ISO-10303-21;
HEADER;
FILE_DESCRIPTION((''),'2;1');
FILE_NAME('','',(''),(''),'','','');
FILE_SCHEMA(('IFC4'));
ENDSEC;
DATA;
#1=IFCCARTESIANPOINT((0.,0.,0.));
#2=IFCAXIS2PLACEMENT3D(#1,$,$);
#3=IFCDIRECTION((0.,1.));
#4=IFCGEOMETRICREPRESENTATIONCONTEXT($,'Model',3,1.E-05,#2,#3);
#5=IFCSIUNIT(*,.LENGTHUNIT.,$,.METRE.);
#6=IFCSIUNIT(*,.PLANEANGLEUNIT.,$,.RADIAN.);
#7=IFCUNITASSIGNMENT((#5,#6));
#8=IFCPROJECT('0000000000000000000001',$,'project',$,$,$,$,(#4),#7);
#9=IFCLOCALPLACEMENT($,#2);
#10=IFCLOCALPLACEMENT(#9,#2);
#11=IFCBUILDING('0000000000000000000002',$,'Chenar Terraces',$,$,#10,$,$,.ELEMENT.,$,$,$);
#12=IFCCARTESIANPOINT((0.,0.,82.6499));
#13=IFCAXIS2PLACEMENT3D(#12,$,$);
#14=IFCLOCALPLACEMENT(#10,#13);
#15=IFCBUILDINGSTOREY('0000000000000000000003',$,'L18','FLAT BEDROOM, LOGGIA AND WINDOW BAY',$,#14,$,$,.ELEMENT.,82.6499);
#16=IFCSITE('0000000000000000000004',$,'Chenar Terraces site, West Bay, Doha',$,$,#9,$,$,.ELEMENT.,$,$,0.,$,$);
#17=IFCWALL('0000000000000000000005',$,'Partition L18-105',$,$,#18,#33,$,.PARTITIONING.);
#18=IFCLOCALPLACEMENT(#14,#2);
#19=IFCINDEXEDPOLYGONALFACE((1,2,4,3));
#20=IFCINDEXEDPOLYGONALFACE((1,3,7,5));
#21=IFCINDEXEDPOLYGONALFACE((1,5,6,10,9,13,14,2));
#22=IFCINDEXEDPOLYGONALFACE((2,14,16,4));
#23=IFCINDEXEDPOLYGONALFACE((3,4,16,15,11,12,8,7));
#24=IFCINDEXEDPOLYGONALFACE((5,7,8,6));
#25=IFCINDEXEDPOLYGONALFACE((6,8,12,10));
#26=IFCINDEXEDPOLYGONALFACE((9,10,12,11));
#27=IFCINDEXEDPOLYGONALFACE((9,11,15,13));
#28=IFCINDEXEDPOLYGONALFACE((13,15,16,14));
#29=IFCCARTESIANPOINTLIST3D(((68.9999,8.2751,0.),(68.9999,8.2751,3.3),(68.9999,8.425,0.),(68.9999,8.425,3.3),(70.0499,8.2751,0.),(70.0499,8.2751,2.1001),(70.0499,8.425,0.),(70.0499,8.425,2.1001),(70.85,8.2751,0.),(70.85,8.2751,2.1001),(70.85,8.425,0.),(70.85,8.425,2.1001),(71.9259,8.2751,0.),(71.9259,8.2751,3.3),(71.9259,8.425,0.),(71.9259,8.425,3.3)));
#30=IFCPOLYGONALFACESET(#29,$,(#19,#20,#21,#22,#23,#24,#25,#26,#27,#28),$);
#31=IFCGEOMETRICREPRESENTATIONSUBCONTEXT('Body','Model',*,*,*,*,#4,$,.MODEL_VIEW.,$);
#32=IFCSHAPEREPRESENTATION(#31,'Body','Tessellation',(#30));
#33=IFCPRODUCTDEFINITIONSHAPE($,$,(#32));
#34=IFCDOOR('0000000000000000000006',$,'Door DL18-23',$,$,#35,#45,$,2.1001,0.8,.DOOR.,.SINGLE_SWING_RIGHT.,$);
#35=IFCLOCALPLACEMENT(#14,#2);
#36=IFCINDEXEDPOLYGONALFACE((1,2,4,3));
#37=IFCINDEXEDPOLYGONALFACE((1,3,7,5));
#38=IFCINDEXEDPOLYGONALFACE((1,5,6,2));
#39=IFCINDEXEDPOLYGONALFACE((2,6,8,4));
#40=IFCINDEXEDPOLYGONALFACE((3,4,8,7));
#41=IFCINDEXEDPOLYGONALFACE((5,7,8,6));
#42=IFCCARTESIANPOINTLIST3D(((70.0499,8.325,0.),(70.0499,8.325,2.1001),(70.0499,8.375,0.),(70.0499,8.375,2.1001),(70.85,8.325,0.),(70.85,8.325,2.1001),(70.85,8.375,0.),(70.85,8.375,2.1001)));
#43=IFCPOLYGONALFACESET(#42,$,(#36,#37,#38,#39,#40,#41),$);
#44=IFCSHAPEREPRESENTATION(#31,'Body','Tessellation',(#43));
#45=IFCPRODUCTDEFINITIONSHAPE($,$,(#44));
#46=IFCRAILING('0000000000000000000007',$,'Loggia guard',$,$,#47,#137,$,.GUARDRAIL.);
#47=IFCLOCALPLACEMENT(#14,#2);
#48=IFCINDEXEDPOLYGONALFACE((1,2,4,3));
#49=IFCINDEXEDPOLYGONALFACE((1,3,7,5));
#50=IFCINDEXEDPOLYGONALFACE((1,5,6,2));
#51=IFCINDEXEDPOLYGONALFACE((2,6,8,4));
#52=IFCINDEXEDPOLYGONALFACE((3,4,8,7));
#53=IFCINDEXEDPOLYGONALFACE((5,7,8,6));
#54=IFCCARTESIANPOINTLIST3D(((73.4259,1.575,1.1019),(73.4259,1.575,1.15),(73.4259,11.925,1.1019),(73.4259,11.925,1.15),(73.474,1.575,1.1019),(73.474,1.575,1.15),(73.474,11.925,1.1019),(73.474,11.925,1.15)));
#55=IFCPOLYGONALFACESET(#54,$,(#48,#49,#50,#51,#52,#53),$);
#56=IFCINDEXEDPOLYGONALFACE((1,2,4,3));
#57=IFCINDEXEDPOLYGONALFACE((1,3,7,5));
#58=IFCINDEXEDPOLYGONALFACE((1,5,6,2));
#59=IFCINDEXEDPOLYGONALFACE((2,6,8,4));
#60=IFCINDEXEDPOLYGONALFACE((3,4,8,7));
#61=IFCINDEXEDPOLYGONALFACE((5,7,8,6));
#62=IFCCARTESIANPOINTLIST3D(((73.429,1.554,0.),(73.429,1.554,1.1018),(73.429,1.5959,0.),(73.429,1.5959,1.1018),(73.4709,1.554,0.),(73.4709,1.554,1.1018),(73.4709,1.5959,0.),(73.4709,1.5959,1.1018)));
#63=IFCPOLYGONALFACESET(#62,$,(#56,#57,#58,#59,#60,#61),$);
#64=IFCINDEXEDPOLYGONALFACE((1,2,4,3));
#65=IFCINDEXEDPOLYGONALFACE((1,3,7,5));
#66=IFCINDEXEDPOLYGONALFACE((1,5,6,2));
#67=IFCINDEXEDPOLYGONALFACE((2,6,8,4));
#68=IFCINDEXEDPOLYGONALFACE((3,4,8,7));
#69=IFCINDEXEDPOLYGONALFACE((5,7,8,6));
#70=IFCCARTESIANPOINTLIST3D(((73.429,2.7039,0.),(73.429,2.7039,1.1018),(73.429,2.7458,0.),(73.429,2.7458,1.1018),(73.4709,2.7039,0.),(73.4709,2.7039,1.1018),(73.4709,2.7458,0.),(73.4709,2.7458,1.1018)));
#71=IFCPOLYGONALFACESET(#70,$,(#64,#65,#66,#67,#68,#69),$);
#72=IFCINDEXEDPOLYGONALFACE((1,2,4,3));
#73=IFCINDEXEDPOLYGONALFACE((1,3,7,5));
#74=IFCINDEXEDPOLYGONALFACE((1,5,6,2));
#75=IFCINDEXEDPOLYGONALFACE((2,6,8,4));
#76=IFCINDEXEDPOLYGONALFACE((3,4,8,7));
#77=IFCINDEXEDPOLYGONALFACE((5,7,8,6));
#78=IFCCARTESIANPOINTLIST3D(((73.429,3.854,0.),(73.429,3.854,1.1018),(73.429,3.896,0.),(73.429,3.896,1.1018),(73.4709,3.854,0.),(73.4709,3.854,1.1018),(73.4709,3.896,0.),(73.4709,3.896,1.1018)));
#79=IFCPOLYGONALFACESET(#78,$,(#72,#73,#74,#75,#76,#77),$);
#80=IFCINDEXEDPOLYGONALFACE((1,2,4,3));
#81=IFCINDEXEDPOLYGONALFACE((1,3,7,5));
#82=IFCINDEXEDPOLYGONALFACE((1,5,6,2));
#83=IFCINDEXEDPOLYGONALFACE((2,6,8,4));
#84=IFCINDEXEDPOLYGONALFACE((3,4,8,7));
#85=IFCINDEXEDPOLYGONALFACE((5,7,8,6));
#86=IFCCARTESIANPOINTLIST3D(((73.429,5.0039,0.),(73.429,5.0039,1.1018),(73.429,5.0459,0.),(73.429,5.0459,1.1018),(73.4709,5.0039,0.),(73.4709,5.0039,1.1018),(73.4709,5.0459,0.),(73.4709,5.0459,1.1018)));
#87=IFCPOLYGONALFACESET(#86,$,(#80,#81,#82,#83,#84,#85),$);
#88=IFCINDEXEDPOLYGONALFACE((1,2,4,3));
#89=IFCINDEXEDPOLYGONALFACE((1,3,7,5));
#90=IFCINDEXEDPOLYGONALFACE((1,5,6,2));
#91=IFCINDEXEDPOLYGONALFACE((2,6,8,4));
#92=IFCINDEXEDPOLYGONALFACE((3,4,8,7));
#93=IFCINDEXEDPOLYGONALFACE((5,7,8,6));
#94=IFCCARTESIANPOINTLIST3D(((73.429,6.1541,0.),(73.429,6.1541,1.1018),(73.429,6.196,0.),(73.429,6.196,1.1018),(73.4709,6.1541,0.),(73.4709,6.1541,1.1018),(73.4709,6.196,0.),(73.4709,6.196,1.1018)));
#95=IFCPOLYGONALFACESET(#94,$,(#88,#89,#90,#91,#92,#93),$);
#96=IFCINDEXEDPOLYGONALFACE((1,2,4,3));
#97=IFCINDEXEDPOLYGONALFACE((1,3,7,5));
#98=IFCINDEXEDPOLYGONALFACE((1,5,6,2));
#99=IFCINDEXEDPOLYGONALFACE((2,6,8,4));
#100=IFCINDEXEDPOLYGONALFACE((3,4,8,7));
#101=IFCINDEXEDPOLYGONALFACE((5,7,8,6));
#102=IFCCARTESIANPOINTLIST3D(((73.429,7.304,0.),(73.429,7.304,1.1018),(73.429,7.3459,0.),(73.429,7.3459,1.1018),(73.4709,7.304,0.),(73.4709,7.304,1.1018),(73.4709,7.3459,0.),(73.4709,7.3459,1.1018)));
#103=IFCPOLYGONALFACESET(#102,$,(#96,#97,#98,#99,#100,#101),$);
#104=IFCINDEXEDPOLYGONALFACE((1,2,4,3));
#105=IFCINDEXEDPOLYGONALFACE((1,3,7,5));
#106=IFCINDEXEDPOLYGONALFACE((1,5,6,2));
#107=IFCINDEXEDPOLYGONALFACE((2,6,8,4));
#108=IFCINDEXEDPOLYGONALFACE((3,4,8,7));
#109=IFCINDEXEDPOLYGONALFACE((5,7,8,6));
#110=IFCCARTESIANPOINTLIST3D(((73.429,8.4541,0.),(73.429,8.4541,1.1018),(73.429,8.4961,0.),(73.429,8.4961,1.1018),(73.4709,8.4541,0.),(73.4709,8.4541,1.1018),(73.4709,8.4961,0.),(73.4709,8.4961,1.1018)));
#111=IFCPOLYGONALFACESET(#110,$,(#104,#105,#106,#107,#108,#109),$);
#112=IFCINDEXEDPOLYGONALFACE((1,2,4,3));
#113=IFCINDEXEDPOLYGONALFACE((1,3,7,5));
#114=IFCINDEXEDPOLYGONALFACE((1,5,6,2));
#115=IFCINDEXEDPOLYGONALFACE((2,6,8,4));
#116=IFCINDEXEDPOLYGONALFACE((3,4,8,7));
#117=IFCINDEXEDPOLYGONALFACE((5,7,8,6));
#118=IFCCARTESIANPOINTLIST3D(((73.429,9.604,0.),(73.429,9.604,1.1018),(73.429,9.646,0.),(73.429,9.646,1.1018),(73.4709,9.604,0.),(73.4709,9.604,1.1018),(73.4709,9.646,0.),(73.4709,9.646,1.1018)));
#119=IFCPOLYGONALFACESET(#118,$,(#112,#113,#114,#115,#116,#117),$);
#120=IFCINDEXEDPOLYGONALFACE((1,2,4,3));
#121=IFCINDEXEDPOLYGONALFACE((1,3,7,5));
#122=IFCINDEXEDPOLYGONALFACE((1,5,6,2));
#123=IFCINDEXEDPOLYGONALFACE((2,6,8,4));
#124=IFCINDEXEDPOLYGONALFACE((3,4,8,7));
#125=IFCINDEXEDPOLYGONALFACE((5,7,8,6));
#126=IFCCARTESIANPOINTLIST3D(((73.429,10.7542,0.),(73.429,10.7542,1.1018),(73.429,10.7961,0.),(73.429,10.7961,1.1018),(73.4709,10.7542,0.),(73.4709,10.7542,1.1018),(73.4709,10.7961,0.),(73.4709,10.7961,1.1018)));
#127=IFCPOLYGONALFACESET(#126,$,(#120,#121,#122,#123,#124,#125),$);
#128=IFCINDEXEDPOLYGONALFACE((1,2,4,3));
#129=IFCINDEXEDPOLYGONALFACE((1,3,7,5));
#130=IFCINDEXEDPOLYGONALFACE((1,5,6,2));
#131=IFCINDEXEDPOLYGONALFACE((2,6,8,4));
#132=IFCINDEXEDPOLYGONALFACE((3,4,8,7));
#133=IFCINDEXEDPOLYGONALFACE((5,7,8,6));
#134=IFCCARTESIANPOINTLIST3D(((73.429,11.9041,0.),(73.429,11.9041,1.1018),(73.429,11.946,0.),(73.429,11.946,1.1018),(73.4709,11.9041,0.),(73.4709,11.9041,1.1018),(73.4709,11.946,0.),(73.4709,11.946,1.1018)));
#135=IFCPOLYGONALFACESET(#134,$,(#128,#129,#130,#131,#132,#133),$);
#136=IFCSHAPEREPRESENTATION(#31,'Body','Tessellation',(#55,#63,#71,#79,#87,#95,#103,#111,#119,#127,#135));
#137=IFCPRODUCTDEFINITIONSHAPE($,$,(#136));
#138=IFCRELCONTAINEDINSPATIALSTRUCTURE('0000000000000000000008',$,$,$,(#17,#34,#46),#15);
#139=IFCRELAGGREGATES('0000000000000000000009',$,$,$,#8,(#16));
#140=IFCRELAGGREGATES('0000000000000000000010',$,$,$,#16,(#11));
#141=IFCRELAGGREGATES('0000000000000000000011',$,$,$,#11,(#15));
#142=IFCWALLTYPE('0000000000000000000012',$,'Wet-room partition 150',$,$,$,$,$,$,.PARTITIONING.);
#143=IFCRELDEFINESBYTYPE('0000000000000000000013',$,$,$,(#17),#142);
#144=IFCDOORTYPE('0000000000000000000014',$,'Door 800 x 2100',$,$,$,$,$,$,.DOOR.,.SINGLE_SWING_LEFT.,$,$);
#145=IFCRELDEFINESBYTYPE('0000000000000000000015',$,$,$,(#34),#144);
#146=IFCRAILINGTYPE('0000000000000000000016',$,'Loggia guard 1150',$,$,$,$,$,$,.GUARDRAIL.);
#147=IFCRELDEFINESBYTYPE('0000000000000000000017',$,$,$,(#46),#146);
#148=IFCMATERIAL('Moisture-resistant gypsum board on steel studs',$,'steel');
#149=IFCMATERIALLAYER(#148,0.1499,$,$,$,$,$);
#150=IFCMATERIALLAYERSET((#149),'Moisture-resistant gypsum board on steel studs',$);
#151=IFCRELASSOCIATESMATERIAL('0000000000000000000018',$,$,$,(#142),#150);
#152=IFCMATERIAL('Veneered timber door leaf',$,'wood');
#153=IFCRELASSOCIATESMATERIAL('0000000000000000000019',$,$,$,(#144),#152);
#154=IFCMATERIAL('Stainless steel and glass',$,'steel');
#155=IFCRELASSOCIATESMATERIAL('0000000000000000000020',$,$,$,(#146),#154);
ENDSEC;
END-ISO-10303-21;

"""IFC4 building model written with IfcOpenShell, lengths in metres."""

from ifc_helpers import new_model, si_unit, direction, frame, frame_2d, origin, origin_2d, place, context, subcontext, project, spatial, rectangle, extrude, material, layer, layer_set, type_object, element, fill, save


model = new_model("IFC4")

# Units and contexts
model_context = context("Model", 3, precision=1e-05, world=origin(), true_north=direction((0.0, 1.0)))
body_context = subcontext(model_context, "Body", "Model", "MODEL_VIEW")
ifc_project = project(units=[si_unit("LENGTHUNIT", "METRE"), si_unit("PLANEANGLEUNIT", "RADIAN")], contexts=[model_context])

# Site, building, storey
site_placement = place(None, origin())
site = spatial("IfcSite", under=ifc_project, at=site_placement, Name="Chenar Terraces site, West Bay, Doha", CompositionType="ELEMENT", RefElevation=0.0)
building_placement = place(site_placement, origin())
building = spatial("IfcBuilding", under=site, at=building_placement, Name="Chenar Terraces", CompositionType="ELEMENT")
storey_placement = place(building_placement, frame((0.0, 0.0, 82.6499)))
storey = spatial("IfcBuildingStorey", under=building, at=storey_placement, Name="L18", Description="FLAT BEDROOM, LOGGIA AND WINDOW BAY", CompositionType="ELEMENT", Elevation=82.6499)

# Shared definitions
ifc_material_1 = material(Name="Moisture-resistant gypsum board on steel studs", Category="steel")
ifc_layer_1 = layer(ifc_material_1, 0.1499)
ifc_layer_set_1 = layer_set([ifc_layer_1], Name="Moisture-resistant gypsum board on steel studs")
wall_type_1 = type_object("IfcWallType", Name="Wet-room partition 150", PredefinedType="PARTITIONING", material=ifc_layer_set_1)

# Shared definitions
ifc_material_2 = material(Name="Veneered timber door leaf", Category="wood")
door_type_1 = type_object("IfcDoorType", Name="Door 800 x 2100", OperationType="SINGLE_SWING_LEFT", PredefinedType="DOOR", material=ifc_material_2)

# Wall, opening, door
wall_1_placement = place(storey_placement, frame((69.0, 8.3501, 0.0), z_axis=(0.0, 0.0, 1.0), x_axis=(1.0, 0.0, 0.0)))
wall_1 = element("IfcWall", 1, at=wall_1_placement, inside=storey, type_object=wall_type_1, Name="Partition L18-105", PredefinedType="PARTITIONING", context=body_context, shape_type="SweptSolid", body=[
    extrude(rectangle(XDim=2.926, YDim=0.1499, at=frame_2d((1.4629, 0.0))), origin(), (0.0, 0.0, 1.0), 3.3),
])
opening_1_placement = place(wall_1_placement, frame((1.05, 0.0, 0.0)))
opening_1 = element("IfcOpeningElement", 2, at=opening_1_placement, cuts=wall_1, PredefinedType="OPENING", context=body_context, shape_type="SweptSolid", body=[
    extrude(rectangle(XDim=0.8, YDim=2.1001, at=frame_2d((0.3999, 1.05))), frame((0.0, 0.085, 0.0), z_axis=(0.0, -1.0, 0.0), x_axis=(1.0, 0.0, 0.0)), (0.0, 0.0, 1.0), 0.1699),
])
door_1_placement = place(opening_1_placement, origin())
door_1 = element("IfcDoor", 3, at=door_1_placement, inside=storey, type_object=door_type_1, Name="Door DL18-23", OperationType="SINGLE_SWING_RIGHT", OverallHeight=2.1001, OverallWidth=0.8, PredefinedType="DOOR", context=body_context, shape_type="SweptSolid", body=[
    extrude(rectangle(XDim=0.8, YDim=2.1001, at=frame_2d((0.3999, 1.05))), frame((0.0, 0.0249, 0.0), z_axis=(0.0, -1.0, 0.0), x_axis=(1.0, 0.0, 0.0)), (0.0, 0.0, 1.0), 0.05),
])
fill(opening_1, door_1)

# Railing
ifc_material_3 = material(Name="Stainless steel and glass", Category="steel")
railing_type = type_object("IfcRailingType", Name="Loggia guard 1150", PredefinedType="GUARDRAIL", material=ifc_material_3)
railing_placement = place(storey_placement, frame((73.45, 1.575, 0.0)))
element("IfcRailing", 4, at=railing_placement, inside=storey, type_object=railing_type, Name="Loggia guard", PredefinedType="GUARDRAIL", context=body_context, shape_type="SweptSolid", body=[
    extrude(rectangle(XDim=0.0481, YDim=0.0481, at=origin_2d()), frame((0.0, 0.0, 1.126), z_axis=(0.0, 1.0, 0.0), x_axis=(-1.0, 0.0, 0.0)), (0.0, 0.0, 1.0), 10.3501),
    extrude(rectangle(XDim=0.042, YDim=0.042, at=origin_2d()), origin(), (0.0, 0.0, 1.0), 1.1018),
    extrude(rectangle(XDim=0.042, YDim=0.042, at=origin_2d()), frame((0.0, 1.1499, 0.0)), (0.0, 0.0, 1.0), 1.1018),
    extrude(rectangle(XDim=0.042, YDim=0.042, at=origin_2d()), frame((0.0, 2.3, 0.0)), (0.0, 0.0, 1.0), 1.1018),
    extrude(rectangle(XDim=0.042, YDim=0.042, at=origin_2d()), frame((0.0, 3.45, 0.0)), (0.0, 0.0, 1.0), 1.1018),
    extrude(rectangle(XDim=0.042, YDim=0.042, at=origin_2d()), frame((0.0, 4.6001, 0.0)), (0.0, 0.0, 1.0), 1.1018),
    extrude(rectangle(XDim=0.042, YDim=0.042, at=origin_2d()), frame((0.0, 5.75, 0.0)), (0.0, 0.0, 1.0), 1.1018),
    extrude(rectangle(XDim=0.042, YDim=0.042, at=origin_2d()), frame((0.0, 6.9001, 0.0)), (0.0, 0.0, 1.0), 1.1018),
    extrude(rectangle(XDim=0.042, YDim=0.042, at=origin_2d()), frame((0.0, 8.05, 0.0)), (0.0, 0.0, 1.0), 1.1018),
    extrude(rectangle(XDim=0.042, YDim=0.042, at=origin_2d()), frame((0.0, 9.2002, 0.0)), (0.0, 0.0, 1.0), 1.1018),
    extrude(rectangle(XDim=0.042, YDim=0.042, at=origin_2d()), frame((0.0, 10.3501, 0.0)), (0.0, 0.0, 1.0), 1.1018),
])

save(model, "model.ifc")
